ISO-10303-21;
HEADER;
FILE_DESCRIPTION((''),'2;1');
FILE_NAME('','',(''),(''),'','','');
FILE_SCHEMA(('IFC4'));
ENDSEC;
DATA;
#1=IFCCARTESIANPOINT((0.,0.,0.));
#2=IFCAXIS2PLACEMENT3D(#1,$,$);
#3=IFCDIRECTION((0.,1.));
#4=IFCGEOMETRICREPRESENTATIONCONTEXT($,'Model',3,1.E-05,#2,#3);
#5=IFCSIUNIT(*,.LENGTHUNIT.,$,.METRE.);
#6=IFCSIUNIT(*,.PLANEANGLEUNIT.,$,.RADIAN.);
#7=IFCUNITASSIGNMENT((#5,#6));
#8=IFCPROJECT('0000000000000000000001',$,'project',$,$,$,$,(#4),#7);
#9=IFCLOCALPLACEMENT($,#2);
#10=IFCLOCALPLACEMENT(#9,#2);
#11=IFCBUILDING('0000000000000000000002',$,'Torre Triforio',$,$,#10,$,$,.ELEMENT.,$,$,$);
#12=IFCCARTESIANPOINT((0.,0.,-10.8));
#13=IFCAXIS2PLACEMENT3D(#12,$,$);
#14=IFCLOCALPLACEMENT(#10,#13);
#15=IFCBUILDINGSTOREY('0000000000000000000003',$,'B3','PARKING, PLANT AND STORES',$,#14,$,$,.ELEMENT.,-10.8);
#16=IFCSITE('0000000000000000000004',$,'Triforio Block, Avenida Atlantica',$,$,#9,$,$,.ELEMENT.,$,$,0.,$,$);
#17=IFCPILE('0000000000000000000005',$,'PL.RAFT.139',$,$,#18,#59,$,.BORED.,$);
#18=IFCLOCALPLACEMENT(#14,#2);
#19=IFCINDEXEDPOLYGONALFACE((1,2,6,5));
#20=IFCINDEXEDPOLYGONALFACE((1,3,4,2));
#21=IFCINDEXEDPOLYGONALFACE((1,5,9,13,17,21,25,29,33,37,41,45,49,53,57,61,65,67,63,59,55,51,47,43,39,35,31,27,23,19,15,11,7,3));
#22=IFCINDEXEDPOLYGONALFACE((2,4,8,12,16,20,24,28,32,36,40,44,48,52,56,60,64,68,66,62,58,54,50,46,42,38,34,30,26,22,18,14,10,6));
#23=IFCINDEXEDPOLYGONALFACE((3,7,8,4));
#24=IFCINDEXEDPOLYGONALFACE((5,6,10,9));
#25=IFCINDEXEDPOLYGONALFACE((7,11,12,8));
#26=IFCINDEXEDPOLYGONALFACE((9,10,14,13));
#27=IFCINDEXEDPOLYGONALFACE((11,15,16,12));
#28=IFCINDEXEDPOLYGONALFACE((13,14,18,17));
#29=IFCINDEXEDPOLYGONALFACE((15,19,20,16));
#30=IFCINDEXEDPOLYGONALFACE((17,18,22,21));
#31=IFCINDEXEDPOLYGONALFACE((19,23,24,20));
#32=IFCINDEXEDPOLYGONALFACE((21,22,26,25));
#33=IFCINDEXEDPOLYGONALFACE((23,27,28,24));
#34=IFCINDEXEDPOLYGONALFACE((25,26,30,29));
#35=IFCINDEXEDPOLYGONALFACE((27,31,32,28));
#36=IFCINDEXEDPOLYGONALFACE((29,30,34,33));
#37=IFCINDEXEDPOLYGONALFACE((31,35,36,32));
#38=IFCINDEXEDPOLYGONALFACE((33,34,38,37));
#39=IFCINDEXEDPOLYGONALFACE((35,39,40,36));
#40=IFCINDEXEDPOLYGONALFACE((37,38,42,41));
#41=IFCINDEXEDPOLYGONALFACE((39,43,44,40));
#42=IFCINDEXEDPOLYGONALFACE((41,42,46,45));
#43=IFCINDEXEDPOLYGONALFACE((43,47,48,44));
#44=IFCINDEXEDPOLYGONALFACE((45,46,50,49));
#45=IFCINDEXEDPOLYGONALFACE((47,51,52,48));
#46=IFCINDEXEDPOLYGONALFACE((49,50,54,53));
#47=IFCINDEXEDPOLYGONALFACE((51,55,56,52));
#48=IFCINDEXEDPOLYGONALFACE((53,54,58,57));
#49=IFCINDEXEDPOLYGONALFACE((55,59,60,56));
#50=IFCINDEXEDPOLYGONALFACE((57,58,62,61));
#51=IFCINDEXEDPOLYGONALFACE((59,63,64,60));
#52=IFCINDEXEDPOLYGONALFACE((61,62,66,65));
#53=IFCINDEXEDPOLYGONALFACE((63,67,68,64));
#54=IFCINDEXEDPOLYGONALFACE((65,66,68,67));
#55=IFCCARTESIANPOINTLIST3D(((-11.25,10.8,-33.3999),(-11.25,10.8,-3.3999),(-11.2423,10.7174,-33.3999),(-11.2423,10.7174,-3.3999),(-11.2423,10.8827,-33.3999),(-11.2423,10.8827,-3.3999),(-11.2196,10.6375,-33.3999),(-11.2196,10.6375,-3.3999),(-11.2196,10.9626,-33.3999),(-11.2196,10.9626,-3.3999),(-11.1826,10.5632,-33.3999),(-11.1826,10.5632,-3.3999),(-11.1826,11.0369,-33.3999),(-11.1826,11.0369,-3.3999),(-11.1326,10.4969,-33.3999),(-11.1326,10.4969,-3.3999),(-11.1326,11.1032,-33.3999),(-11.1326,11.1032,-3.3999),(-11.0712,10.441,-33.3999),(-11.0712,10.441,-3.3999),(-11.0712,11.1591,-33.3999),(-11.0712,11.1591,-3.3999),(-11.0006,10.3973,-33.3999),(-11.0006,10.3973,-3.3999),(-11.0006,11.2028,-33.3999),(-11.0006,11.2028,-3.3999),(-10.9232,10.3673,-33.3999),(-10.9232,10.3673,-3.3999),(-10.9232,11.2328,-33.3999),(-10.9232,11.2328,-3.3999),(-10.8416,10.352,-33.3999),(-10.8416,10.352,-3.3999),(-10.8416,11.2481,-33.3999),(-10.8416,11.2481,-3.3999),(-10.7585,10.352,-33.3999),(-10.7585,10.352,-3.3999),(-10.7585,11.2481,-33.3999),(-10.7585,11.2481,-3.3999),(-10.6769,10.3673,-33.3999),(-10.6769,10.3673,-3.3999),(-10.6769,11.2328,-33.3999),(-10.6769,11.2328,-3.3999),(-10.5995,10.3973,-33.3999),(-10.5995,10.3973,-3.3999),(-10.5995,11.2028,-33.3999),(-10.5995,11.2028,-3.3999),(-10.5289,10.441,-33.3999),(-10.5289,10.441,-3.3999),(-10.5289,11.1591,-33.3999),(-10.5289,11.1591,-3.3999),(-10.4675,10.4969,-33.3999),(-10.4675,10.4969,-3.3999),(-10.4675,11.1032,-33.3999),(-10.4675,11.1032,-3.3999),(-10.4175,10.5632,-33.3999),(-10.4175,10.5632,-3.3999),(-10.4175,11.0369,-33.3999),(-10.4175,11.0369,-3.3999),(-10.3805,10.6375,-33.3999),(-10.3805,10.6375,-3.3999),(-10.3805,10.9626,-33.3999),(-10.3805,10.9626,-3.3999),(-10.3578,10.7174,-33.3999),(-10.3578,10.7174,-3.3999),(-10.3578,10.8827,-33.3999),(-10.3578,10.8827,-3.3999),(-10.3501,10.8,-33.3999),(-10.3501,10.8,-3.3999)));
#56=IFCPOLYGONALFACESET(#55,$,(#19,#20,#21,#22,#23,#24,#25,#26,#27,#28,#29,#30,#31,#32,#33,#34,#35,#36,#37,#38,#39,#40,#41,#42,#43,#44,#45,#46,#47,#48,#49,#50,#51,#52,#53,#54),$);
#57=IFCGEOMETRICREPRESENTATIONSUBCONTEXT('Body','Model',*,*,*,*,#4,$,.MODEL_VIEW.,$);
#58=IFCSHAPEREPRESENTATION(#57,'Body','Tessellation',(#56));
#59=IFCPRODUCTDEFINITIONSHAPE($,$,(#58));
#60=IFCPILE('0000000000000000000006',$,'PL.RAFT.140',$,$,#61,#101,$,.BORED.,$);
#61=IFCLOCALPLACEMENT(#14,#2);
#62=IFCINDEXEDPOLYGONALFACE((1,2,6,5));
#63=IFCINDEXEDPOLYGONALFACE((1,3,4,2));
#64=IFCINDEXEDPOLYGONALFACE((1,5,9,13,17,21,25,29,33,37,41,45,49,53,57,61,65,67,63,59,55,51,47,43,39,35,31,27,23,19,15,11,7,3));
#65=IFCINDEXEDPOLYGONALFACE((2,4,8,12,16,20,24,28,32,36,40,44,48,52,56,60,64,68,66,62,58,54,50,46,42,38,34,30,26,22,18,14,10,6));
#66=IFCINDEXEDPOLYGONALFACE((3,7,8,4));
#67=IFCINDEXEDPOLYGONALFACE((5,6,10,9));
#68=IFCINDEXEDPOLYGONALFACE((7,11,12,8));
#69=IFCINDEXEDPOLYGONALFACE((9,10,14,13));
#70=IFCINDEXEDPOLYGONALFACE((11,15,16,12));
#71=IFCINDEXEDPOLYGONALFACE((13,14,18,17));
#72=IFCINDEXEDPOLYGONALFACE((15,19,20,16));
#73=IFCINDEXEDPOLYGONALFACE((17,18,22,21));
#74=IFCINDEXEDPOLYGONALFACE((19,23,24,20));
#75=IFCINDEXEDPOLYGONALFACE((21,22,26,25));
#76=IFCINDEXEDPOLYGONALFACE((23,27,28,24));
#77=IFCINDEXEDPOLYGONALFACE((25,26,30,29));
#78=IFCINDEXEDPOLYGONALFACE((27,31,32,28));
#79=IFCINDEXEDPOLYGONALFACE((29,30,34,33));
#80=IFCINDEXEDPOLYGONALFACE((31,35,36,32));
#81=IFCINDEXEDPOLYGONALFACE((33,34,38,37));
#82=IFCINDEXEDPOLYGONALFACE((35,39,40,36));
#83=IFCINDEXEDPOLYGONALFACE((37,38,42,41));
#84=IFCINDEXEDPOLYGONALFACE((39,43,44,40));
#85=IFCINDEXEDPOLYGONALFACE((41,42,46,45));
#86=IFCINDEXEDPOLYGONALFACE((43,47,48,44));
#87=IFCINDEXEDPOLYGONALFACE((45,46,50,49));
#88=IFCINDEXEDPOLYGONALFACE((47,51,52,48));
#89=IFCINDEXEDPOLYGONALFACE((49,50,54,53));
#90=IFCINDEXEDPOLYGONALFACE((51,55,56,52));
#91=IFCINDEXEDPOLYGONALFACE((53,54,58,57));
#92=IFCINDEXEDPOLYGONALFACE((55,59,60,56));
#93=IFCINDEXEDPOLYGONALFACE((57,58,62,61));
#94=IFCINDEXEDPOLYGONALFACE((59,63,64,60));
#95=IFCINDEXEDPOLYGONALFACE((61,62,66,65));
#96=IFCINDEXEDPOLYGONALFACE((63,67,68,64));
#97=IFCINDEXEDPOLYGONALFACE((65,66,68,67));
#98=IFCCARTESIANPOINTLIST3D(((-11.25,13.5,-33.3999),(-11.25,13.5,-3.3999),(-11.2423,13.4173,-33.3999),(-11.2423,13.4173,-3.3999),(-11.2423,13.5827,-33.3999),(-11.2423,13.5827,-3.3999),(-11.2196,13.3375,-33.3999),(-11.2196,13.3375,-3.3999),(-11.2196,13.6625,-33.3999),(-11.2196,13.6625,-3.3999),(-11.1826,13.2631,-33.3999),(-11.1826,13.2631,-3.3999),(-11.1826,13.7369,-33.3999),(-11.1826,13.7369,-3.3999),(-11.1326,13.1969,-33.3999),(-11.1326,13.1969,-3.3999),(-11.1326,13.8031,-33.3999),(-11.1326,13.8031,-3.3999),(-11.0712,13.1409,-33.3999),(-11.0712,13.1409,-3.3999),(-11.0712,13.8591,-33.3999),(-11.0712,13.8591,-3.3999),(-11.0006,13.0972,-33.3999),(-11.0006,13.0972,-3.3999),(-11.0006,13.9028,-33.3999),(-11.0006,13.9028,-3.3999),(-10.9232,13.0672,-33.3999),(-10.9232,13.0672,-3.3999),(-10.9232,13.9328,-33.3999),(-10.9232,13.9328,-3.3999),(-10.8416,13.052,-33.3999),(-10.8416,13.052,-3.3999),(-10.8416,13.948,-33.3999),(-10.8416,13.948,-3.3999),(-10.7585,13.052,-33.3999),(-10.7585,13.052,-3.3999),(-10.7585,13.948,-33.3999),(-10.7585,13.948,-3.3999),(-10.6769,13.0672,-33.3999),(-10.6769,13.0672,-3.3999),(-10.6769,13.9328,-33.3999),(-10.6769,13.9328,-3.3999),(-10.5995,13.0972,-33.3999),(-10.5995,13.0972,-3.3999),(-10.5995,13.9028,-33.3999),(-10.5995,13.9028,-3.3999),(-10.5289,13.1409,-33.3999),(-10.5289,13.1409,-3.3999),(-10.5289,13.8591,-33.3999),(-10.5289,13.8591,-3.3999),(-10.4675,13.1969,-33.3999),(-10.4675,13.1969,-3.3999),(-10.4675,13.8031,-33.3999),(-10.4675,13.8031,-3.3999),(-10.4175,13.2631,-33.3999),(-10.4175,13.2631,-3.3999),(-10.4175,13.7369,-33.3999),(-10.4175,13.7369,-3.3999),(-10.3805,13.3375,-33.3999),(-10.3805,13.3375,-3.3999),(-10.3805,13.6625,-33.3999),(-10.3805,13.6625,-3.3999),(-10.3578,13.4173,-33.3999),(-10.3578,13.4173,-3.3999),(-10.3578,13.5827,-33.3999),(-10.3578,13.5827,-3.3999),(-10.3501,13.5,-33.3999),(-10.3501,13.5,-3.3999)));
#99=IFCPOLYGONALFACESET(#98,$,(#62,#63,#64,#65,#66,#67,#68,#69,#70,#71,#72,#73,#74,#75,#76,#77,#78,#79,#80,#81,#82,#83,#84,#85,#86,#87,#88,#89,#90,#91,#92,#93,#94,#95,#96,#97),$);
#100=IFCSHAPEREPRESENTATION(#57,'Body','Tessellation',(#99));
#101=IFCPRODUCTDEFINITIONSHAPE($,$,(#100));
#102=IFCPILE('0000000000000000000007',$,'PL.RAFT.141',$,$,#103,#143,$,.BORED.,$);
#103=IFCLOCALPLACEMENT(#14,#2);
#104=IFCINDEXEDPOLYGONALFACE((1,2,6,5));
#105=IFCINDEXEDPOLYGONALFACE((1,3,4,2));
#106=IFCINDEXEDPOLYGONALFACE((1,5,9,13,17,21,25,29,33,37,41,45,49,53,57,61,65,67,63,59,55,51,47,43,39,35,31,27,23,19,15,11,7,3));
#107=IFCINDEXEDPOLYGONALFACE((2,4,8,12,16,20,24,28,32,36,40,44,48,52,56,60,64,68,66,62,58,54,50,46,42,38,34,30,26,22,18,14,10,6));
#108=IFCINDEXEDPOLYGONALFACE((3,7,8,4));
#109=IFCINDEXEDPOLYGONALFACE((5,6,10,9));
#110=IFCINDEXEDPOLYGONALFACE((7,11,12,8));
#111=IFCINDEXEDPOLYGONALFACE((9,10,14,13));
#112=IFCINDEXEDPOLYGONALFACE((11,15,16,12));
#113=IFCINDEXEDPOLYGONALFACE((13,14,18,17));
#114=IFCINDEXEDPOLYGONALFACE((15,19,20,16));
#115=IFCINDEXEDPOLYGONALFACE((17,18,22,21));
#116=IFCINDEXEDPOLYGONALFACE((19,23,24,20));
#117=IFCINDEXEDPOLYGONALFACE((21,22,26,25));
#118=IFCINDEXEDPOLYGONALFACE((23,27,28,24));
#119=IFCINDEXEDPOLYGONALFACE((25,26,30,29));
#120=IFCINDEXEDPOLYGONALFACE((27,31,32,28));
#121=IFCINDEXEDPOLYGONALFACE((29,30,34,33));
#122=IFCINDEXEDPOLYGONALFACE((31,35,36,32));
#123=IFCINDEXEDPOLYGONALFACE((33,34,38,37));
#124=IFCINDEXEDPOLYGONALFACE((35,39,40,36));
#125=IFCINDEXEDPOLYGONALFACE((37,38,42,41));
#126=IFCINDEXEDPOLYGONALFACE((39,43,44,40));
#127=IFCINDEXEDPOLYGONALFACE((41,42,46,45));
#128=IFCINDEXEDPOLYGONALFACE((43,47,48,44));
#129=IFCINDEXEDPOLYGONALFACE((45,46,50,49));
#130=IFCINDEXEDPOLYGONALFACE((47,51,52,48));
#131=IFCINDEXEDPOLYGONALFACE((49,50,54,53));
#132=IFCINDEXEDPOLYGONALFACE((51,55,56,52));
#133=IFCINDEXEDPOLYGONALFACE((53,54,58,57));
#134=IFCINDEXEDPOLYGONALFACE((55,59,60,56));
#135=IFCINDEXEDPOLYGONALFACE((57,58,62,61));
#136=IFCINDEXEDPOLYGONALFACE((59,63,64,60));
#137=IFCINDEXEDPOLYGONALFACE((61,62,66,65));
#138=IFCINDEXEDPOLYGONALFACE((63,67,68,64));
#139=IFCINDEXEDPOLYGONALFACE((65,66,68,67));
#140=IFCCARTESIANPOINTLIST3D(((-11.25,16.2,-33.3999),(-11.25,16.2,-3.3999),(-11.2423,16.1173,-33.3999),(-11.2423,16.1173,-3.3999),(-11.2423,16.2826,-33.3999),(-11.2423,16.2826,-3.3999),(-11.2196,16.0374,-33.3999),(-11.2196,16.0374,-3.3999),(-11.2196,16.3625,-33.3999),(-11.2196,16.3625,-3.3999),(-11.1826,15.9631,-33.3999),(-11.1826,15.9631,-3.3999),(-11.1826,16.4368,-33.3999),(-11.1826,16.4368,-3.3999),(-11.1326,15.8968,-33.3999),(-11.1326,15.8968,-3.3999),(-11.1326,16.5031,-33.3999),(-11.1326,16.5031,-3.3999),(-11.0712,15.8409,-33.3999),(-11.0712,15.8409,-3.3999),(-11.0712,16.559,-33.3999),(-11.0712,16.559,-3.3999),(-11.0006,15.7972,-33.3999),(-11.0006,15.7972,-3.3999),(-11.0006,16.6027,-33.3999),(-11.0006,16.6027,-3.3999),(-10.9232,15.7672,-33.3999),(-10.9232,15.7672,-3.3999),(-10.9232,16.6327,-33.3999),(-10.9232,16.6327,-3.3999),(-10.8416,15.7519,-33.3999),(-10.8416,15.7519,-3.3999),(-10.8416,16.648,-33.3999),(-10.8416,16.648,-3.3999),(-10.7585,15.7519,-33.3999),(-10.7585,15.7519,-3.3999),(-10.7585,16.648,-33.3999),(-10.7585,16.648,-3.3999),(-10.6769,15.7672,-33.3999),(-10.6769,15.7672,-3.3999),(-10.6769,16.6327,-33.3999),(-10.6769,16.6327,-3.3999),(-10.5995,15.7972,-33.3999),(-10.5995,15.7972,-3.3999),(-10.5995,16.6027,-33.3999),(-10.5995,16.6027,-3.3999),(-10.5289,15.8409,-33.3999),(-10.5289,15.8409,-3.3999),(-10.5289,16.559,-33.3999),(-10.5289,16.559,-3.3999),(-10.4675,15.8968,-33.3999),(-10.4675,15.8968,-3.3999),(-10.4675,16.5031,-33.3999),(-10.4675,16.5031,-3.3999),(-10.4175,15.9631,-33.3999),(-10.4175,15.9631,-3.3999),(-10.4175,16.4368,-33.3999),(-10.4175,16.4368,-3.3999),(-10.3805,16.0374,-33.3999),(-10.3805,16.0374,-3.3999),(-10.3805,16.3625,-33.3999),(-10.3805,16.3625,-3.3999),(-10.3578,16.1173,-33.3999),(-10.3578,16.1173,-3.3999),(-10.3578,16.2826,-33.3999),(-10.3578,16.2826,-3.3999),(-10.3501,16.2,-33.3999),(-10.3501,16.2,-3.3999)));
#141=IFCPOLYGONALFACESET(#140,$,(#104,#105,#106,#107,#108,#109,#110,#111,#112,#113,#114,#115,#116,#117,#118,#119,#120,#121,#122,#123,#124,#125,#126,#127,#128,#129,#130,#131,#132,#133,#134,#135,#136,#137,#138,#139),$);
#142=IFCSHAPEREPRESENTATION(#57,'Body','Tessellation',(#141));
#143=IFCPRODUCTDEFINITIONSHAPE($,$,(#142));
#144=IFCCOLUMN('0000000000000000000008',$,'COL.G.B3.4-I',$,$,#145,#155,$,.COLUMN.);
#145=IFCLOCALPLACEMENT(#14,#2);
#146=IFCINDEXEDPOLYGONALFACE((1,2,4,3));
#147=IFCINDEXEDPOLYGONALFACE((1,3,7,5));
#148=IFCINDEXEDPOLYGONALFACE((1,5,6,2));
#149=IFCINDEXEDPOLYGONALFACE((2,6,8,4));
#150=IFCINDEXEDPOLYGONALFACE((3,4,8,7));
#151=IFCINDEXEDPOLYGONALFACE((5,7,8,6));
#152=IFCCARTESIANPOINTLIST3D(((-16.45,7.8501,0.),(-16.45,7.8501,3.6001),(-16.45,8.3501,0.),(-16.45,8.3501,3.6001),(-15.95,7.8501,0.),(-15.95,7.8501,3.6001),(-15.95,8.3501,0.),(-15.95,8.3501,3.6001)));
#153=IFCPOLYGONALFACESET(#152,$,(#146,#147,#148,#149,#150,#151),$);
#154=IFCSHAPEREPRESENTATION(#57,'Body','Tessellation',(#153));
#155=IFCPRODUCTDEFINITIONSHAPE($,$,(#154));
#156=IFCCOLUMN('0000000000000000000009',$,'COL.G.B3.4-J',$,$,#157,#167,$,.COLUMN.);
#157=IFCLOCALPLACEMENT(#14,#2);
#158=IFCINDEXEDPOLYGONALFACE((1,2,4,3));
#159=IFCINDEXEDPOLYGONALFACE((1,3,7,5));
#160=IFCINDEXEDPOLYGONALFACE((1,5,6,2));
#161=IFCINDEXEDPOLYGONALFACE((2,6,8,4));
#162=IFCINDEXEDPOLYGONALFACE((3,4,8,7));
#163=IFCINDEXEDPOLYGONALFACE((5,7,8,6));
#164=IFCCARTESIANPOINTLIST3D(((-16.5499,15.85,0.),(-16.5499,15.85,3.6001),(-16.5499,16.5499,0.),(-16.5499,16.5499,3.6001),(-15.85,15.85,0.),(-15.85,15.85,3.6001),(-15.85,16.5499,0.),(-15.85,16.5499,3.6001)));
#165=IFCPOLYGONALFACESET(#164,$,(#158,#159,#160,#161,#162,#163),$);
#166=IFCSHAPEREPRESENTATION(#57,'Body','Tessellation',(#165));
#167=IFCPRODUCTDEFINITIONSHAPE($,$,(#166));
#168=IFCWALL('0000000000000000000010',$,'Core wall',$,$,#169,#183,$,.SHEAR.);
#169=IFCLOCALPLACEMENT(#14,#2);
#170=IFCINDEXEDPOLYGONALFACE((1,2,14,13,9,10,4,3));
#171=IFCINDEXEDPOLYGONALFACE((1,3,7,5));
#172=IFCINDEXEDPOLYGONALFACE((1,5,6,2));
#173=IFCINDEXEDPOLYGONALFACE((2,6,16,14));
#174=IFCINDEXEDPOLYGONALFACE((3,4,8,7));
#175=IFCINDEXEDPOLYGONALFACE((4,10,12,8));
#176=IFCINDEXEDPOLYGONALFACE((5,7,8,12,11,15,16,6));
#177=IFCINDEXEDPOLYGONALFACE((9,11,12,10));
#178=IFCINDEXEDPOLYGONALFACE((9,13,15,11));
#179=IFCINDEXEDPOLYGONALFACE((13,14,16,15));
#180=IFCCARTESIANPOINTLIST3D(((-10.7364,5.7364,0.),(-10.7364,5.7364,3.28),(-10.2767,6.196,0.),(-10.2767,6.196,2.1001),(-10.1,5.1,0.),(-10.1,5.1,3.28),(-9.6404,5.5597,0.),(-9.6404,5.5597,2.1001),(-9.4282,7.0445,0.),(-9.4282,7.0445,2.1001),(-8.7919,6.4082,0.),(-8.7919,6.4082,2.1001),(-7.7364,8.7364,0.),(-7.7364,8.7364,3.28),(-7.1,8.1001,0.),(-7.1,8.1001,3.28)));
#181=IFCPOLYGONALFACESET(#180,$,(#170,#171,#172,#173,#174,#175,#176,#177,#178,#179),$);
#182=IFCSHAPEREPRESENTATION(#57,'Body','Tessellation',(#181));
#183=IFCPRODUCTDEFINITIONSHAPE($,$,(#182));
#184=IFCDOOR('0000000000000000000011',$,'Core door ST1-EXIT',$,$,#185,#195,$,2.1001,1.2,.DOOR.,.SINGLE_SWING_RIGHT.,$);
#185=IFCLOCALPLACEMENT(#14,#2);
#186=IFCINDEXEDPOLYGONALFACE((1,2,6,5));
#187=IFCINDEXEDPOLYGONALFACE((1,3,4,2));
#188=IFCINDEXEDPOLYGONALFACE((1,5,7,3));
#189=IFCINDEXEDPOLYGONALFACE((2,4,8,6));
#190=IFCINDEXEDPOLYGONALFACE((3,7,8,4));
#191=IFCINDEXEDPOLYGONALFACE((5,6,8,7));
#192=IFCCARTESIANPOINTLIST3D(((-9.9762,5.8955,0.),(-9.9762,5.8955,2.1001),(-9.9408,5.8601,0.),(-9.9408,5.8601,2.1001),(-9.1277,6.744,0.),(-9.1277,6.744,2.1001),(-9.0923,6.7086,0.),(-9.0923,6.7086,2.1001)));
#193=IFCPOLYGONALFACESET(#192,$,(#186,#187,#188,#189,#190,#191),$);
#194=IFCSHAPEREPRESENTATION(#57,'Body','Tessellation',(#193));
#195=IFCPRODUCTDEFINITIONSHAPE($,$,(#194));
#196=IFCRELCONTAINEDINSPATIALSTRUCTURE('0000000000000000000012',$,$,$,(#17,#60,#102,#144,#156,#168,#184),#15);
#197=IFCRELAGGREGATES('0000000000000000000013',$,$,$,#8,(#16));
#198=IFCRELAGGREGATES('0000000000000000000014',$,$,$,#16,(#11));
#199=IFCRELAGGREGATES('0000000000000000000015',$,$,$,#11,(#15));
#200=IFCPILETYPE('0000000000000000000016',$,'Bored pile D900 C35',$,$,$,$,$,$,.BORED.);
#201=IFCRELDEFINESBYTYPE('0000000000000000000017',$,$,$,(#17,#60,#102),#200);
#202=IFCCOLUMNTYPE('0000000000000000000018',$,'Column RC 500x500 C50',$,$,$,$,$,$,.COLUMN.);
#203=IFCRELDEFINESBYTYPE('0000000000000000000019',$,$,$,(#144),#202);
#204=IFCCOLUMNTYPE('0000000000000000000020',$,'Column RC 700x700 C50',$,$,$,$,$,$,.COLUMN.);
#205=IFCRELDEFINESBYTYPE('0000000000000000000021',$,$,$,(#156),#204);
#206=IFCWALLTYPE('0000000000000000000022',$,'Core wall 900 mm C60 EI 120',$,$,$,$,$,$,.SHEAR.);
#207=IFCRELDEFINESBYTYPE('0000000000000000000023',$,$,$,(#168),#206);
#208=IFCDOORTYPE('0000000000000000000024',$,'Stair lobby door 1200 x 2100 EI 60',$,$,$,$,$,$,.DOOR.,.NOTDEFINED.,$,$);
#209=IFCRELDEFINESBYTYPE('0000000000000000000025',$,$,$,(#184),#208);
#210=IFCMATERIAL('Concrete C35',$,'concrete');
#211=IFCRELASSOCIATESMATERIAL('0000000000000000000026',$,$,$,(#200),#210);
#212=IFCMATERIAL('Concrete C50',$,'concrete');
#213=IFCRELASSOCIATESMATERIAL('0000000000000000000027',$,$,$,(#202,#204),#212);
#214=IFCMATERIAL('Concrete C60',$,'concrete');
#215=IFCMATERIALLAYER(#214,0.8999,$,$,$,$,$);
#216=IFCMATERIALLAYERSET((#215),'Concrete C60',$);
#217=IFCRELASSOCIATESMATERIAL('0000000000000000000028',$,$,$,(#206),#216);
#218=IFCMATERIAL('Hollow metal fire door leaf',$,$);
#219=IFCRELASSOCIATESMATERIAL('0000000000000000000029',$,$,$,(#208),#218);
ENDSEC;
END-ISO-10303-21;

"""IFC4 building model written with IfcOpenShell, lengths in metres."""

from ifc_helpers import new_model, si_unit, direction, frame, frame_2d, origin, origin_2d, place, context, subcontext, project, spatial, rectangle, circle, extrude, material, layer, layer_set, material_profile, profile_set, type_object, element, fill, save


model = new_model("IFC4")

# Units and contexts
model_context = context("Model", 3, precision=1e-05, world=origin(), true_north=direction((0.0, 1.0)))
body_context = subcontext(model_context, "Body", "Model", "MODEL_VIEW")
ifc_project = project(units=[si_unit("LENGTHUNIT", "METRE"), si_unit("PLANEANGLEUNIT", "RADIAN")], contexts=[model_context])

# Site, building, storey
site_placement = place(None, origin())
site = spatial("IfcSite", under=ifc_project, at=site_placement, Name="Triforio Block, Avenida Atlantica", CompositionType="ELEMENT", RefElevation=0.0)
building_placement = place(site_placement, origin())
building = spatial("IfcBuilding", under=site, at=building_placement, Name="Torre Triforio", CompositionType="ELEMENT")
storey_placement = place(building_placement, frame((0.0, 0.0, -10.8)))
storey = spatial("IfcBuildingStorey", under=building, at=storey_placement, Name="B3", Description="PARKING, PLANT AND STORES", CompositionType="ELEMENT", Elevation=-10.8)

# Piles
ifc_material_1 = material(Name="Concrete C35", Category="concrete")
ifc_material_profile_1 = material_profile(ifc_material_1, circle(Radius=0.45, at=origin_2d()), Name="RC D900")
ifc_profile_set_1 = profile_set([ifc_material_profile_1], Name="Concrete C35")
pile_type = type_object("IfcPileType", Name="Bored pile D900 C35", PredefinedType="BORED", material=ifc_profile_set_1)
for number, where, z_axis, x_axis, name in (
    (1, (-10.8, 10.8, -3.3999), (0.0, 0.0, -1.0), (1.0, 0.0, 0.0), "PL.RAFT.139"),
    (2, (-10.8, 13.5, -3.3999), (0.0, 0.0, -1.0), (1.0, 0.0, 0.0), "PL.RAFT.140"),
    (3, (-10.8, 16.2, -3.3999), (0.0, 0.0, -1.0), (1.0, 0.0, 0.0), "PL.RAFT.141"),
):
    element("IfcPile", number, at=place(storey_placement, frame(where, z_axis=z_axis, x_axis=x_axis)), inside=storey, type_object=pile_type, Name=name, PredefinedType="BORED", context=body_context, shape_type="SweptSolid", body=[
        extrude(circle(Radius=0.45, at=origin_2d()), origin(), (0.0, 0.0, 1.0), 30.0),
    ])

# Columns
ifc_material_2 = material(Name="Concrete C50", Category="concrete")
ifc_material_profile_2 = material_profile(ifc_material_2, rectangle(XDim=0.5, YDim=0.5, at=origin_2d()), Name="RC 500x500")
ifc_profile_set_2 = profile_set([ifc_material_profile_2], Name="Concrete C50")
column_type_1 = type_object("IfcColumnType", Name="Column RC 500x500 C50", PredefinedType="COLUMN", material=ifc_profile_set_2)
column_1_placement = place(storey_placement, frame((-16.2, 8.1001, 0.0), z_axis=(0.0, 0.0, 1.0), x_axis=(1.0, 0.0, 0.0)))
element("IfcColumn", 4, at=column_1_placement, inside=storey, type_object=column_type_1, Name="COL.G.B3.4-I", PredefinedType="COLUMN", context=body_context, shape_type="SweptSolid", body=[
    extrude(rectangle(XDim=0.5, YDim=0.5, at=origin_2d()), origin(), (0.0, 0.0, 1.0), 3.6001),
])
ifc_material_profile_3 = material_profile(ifc_material_2, rectangle(XDim=0.7, YDim=0.7, at=origin_2d()), Name="RC 700x700")
ifc_profile_set_3 = profile_set([ifc_material_profile_3], Name="Concrete C50")
column_type_2 = type_object("IfcColumnType", Name="Column RC 700x700 C50", PredefinedType="COLUMN", material=ifc_profile_set_3)
column_2_placement = place(storey_placement, frame((-16.2, 16.2, 0.0), z_axis=(0.0, 0.0, 1.0), x_axis=(1.0, 0.0, 0.0)))
element("IfcColumn", 5, at=column_2_placement, inside=storey, type_object=column_type_2, Name="COL.G.B3.4-J", PredefinedType="COLUMN", context=body_context, shape_type="SweptSolid", body=[
    extrude(rectangle(XDim=0.7, YDim=0.7, at=origin_2d()), origin(), (0.0, 0.0, 1.0), 3.6001),
])

# Wall, opening, door
ifc_material_3 = material(Name="Concrete C60", Category="concrete")
ifc_layer_1 = layer(ifc_material_3, 0.8999)
ifc_layer_set_1 = layer_set([ifc_layer_1], Name="Concrete C60")
wall_type_1 = type_object("IfcWallType", Name="Core wall 900 mm C60 EI 120", PredefinedType="SHEAR", material=ifc_layer_set_1)
wall_1_placement = place(storey_placement, frame((-10.4182, 5.4182, 0.0), z_axis=(0.0, 0.0, 1.0), x_axis=(0.707107, 0.707107, 0.0)))
wall_1 = element("IfcWall", 6, at=wall_1_placement, inside=storey, type_object=wall_type_1, Name="Core wall", PredefinedType="SHEAR", context=body_context, shape_type="SweptSolid", body=[
    extrude(rectangle(XDim=4.2427, YDim=0.8999, at=frame_2d((2.1213, 0.0))), origin(), (0.0, 0.0, 1.0), 3.28),
])
opening_1_placement = place(wall_1_placement, frame((0.6499, 0.0, 0.0)))
opening_1 = element("IfcOpeningElement", 7, at=opening_1_placement, cuts=wall_1, PredefinedType="OPENING", context=body_context, shape_type="SweptSolid", body=[
    extrude(rectangle(XDim=1.2, YDim=2.1001, at=frame_2d((0.6001, 1.05))), frame((0.0, 0.46, 0.0), z_axis=(0.0, -1.0, 0.0), x_axis=(1.0, 0.0, 0.0)), (0.0, 0.0, 1.0), 0.9199),
])
ifc_material_4 = material(Name="Hollow metal fire door leaf")
door_type_1 = type_object("IfcDoorType", Name="Stair lobby door 1200 x 2100 EI 60", OperationType="NOTDEFINED", PredefinedType="DOOR", material=ifc_material_4)
door_1_placement = place(opening_1_placement, origin())
door_1 = element("IfcDoor", 8, at=door_1_placement, inside=storey, type_object=door_type_1, Name="Core door ST1-EXIT", OperationType="SINGLE_SWING_RIGHT", OverallHeight=2.1001, OverallWidth=1.2, PredefinedType="DOOR", context=body_context, shape_type="SweptSolid", body=[
    extrude(rectangle(XDim=1.2, YDim=2.1001, at=frame_2d((0.6001, 1.05))), frame((0.0, 0.0249, 0.0), z_axis=(0.0, -1.0, 0.0), x_axis=(1.0, 0.0, 0.0)), (0.0, 0.0, 1.0), 0.05),
])
fill(opening_1, door_1)

save(model, "model.ifc")
